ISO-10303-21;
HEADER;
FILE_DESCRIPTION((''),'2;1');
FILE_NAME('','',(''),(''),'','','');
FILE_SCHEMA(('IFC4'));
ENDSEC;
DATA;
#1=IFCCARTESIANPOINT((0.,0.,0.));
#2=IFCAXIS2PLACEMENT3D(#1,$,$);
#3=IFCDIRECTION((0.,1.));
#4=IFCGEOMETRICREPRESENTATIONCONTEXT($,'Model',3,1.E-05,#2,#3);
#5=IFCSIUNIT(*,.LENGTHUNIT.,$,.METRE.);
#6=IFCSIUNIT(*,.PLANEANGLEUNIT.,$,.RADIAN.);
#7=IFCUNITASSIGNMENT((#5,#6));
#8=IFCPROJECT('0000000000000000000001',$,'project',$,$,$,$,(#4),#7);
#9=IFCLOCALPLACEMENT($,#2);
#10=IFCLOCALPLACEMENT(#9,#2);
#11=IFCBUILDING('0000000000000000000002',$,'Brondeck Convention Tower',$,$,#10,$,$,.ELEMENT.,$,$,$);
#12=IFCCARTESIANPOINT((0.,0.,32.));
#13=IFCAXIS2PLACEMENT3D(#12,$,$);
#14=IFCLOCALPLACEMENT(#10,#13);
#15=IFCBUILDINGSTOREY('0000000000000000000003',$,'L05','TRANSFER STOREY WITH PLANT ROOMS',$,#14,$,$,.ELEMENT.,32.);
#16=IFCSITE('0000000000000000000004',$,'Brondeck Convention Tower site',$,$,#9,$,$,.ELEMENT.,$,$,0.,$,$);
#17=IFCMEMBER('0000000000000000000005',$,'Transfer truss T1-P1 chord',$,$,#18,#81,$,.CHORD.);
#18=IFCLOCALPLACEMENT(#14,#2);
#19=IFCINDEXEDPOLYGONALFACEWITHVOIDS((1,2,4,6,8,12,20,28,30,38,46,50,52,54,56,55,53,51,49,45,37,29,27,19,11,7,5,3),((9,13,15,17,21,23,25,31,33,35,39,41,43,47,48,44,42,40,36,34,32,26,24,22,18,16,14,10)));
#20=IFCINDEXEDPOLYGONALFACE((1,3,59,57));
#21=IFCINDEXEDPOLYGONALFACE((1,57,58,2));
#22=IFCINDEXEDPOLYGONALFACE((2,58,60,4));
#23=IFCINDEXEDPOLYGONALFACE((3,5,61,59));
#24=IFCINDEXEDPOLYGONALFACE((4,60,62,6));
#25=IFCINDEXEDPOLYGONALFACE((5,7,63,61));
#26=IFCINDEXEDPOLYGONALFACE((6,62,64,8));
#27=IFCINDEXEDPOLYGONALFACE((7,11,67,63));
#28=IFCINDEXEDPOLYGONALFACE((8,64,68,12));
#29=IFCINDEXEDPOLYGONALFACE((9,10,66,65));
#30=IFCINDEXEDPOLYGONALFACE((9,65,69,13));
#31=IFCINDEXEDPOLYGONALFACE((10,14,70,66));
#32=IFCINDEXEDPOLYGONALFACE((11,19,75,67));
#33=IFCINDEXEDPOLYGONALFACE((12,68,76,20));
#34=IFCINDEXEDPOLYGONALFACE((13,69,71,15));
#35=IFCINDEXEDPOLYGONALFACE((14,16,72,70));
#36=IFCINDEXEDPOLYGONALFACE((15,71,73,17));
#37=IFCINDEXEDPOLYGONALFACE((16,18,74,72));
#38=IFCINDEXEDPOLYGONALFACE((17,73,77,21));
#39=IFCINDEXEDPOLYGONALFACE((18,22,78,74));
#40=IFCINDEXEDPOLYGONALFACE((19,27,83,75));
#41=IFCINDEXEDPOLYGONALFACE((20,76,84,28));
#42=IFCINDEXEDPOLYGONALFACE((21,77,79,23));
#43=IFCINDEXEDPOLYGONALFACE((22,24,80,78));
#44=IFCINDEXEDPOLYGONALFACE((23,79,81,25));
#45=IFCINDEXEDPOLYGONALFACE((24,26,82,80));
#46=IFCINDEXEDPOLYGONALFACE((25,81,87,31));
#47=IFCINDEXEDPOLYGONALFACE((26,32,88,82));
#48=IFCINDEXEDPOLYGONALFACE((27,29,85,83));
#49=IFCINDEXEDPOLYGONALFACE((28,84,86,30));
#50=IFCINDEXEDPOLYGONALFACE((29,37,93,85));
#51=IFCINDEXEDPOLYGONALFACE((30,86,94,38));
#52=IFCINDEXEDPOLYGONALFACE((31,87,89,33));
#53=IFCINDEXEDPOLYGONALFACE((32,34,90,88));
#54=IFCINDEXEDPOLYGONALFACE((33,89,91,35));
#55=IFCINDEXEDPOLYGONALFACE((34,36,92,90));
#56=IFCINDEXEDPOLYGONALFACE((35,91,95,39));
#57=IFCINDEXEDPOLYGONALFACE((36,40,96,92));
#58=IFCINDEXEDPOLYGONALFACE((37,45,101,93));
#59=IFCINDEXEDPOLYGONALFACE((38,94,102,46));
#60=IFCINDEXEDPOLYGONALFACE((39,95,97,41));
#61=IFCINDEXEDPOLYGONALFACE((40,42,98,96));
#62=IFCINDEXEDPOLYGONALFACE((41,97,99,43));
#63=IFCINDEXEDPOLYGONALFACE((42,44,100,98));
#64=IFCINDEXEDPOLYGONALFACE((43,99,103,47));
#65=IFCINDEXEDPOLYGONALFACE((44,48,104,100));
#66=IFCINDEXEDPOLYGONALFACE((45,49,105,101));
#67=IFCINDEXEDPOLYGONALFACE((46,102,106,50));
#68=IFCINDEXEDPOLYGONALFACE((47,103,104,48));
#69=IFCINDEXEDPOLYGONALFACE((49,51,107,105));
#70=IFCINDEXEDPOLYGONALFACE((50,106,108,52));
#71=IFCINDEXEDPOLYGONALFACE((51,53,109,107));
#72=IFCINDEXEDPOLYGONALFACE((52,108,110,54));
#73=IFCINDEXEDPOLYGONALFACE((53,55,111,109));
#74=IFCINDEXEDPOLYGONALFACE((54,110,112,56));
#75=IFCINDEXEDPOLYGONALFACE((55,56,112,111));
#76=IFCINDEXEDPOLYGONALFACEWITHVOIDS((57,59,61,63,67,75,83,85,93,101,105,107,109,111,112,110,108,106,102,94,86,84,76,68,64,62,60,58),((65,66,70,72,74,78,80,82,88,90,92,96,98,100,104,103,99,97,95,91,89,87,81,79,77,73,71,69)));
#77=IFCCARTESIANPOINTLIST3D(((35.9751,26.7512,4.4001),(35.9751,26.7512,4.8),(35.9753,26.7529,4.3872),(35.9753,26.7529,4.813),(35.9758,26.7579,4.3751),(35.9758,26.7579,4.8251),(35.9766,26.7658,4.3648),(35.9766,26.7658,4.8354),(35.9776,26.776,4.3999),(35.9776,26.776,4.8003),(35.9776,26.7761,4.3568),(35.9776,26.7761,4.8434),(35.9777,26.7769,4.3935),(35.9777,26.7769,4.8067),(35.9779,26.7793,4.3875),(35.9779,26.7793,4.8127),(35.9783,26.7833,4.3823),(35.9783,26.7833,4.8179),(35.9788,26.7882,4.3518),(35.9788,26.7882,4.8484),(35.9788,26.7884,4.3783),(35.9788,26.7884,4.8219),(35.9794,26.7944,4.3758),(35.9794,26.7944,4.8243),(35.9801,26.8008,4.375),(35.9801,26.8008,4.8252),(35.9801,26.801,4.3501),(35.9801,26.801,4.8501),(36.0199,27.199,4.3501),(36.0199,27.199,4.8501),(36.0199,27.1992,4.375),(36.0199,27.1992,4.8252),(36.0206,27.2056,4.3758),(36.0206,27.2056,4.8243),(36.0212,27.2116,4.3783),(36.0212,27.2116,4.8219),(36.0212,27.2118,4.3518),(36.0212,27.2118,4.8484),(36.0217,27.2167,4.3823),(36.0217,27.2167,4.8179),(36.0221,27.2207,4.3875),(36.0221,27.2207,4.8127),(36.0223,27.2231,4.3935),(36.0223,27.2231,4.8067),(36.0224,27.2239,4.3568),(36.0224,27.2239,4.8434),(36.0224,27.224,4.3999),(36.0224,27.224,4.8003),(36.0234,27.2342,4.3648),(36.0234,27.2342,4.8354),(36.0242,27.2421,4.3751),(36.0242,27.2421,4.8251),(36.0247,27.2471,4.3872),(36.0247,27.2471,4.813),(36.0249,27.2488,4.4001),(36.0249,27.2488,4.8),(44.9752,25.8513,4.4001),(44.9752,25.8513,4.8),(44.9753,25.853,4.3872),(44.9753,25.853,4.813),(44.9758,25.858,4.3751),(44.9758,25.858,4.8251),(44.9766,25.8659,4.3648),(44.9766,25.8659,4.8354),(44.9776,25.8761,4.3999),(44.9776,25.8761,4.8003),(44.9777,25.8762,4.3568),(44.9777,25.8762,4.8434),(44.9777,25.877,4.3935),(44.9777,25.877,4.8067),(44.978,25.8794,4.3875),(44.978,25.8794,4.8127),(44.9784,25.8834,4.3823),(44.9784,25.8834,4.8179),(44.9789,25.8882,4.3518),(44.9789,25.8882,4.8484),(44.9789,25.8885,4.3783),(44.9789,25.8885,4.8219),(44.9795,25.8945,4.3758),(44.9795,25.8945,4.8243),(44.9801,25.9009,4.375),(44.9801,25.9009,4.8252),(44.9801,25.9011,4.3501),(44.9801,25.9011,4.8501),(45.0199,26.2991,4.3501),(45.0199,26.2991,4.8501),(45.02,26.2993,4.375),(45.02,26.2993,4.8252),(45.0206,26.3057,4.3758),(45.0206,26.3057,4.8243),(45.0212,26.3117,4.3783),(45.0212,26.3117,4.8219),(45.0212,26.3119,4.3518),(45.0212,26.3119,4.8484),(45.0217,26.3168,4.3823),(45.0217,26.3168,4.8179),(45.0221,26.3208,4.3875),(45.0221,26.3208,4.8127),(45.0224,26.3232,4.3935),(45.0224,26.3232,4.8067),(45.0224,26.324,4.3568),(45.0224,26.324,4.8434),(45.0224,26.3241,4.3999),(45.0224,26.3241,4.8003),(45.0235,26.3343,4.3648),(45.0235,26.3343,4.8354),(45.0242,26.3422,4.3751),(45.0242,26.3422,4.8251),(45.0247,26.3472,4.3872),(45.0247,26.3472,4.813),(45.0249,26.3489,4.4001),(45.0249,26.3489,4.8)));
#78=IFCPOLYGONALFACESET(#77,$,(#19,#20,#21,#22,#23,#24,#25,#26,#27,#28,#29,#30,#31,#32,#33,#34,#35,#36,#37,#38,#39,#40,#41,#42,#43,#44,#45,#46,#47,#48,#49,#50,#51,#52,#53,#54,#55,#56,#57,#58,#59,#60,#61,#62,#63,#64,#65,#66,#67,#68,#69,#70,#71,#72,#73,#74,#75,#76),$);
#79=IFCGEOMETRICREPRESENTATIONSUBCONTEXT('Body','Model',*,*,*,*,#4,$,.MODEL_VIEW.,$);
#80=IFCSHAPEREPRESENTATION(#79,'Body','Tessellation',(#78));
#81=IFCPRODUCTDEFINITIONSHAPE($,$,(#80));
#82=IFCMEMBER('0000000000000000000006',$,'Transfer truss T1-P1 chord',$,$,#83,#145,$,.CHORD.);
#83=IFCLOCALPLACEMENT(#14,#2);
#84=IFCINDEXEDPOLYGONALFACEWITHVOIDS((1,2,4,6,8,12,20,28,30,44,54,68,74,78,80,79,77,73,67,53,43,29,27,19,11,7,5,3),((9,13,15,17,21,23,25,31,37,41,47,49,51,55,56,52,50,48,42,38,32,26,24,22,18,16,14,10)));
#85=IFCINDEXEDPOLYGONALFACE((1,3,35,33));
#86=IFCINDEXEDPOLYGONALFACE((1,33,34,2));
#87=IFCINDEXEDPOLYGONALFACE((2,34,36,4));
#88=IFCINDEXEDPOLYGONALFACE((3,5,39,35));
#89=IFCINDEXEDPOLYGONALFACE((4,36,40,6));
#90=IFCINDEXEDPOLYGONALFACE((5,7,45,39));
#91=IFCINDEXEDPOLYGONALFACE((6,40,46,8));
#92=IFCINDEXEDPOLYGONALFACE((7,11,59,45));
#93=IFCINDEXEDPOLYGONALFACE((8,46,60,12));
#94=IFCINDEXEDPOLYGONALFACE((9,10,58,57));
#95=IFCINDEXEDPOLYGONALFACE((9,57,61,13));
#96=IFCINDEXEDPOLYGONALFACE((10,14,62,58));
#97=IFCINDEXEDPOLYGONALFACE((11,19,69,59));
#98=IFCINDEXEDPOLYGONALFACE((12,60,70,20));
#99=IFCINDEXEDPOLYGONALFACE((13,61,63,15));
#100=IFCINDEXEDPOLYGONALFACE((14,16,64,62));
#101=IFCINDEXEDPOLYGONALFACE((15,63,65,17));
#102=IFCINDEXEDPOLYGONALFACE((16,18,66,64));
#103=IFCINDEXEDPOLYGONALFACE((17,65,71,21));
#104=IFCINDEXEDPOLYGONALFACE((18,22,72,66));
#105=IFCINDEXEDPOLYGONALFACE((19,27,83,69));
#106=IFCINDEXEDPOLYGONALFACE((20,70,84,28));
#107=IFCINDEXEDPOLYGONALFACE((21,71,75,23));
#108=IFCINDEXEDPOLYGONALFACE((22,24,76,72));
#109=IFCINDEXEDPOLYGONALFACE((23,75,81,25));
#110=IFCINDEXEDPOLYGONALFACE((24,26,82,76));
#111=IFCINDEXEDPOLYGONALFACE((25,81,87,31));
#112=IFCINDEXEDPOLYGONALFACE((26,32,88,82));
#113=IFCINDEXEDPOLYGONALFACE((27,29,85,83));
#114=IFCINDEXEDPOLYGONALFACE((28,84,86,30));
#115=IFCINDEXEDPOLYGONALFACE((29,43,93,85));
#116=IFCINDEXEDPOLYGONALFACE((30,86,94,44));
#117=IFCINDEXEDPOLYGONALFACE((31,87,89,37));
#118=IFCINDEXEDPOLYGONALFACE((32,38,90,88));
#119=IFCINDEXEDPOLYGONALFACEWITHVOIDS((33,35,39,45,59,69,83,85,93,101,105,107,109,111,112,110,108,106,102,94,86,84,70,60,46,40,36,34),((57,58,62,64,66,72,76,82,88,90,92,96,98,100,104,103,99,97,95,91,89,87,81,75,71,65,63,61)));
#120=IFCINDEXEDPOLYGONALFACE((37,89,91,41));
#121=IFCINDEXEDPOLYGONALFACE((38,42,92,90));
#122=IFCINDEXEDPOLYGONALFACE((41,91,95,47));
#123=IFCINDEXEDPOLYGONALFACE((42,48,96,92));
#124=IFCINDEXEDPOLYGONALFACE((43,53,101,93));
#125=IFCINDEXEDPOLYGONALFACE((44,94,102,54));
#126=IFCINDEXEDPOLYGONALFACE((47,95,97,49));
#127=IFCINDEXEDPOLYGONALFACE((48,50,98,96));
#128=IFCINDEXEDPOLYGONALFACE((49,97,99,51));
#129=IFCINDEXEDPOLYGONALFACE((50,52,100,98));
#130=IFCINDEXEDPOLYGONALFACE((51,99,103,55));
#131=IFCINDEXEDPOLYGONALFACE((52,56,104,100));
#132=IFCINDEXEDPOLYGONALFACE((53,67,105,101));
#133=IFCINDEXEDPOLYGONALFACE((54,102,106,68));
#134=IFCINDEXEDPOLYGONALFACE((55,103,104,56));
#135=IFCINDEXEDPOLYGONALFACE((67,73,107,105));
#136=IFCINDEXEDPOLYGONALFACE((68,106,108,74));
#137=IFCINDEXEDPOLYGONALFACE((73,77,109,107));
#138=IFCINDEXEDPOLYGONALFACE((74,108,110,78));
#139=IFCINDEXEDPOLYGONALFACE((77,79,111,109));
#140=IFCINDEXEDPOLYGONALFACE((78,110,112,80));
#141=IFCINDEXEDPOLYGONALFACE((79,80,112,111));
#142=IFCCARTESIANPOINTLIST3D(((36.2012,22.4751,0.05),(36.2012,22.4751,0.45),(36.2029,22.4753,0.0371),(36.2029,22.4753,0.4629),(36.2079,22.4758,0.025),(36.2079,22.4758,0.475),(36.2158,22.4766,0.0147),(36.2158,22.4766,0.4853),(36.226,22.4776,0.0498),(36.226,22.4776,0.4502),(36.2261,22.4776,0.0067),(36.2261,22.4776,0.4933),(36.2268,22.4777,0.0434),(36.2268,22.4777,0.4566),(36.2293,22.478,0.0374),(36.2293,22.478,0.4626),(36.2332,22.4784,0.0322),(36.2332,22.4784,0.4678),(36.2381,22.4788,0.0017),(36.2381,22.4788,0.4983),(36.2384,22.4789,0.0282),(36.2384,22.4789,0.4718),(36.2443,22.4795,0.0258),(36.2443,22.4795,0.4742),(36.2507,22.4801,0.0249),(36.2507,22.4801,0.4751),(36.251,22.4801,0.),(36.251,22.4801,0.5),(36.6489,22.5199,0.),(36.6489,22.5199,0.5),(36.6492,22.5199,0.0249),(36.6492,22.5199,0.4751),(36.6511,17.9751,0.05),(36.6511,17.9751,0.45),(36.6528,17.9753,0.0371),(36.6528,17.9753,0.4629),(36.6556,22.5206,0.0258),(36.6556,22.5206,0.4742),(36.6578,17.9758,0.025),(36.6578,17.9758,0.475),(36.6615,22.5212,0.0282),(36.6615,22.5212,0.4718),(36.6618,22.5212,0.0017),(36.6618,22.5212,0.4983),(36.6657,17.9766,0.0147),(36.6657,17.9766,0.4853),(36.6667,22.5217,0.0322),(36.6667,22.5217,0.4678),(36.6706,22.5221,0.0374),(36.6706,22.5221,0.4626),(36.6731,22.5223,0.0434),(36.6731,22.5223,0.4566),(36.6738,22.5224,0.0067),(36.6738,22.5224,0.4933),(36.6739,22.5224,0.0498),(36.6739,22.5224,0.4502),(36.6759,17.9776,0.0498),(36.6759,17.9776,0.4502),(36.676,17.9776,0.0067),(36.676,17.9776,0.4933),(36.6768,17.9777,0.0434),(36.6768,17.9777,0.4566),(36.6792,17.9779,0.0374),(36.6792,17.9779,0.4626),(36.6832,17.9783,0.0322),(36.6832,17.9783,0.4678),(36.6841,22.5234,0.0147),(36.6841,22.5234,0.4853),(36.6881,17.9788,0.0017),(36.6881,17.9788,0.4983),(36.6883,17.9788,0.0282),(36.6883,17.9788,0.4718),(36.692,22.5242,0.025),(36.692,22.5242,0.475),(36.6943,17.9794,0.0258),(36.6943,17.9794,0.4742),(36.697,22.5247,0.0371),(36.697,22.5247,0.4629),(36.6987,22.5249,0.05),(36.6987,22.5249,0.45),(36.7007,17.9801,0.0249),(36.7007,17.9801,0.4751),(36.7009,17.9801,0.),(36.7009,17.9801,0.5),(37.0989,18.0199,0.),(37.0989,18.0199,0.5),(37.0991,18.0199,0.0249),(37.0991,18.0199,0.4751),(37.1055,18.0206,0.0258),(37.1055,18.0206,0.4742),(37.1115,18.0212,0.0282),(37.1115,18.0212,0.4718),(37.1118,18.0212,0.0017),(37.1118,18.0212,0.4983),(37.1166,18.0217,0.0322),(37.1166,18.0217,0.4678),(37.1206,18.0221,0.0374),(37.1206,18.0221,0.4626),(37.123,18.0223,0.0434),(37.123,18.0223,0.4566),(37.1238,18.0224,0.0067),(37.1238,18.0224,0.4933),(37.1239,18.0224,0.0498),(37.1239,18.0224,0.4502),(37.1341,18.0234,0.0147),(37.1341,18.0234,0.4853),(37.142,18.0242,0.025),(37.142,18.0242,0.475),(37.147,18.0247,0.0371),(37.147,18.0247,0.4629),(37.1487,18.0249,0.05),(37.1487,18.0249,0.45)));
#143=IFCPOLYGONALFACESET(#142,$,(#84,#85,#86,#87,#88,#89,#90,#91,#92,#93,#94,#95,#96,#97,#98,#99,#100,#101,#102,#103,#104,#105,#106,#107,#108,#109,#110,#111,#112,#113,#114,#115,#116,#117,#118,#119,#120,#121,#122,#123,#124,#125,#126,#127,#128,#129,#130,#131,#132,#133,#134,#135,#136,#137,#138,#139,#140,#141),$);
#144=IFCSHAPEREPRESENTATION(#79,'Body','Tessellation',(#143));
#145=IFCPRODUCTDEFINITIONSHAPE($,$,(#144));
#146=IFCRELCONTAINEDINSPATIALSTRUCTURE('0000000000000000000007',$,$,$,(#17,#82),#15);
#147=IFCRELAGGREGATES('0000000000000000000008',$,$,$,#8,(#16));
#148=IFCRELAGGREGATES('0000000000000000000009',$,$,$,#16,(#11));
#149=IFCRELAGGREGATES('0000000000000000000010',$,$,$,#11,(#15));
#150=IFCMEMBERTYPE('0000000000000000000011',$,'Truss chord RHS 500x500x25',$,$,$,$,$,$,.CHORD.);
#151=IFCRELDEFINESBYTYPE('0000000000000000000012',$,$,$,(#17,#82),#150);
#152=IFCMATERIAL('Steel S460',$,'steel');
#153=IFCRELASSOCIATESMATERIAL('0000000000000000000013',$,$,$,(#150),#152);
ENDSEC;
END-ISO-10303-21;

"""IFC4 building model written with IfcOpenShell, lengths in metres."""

from ifc_helpers import new_model, si_unit, direction, frame, origin, origin_2d, place, context, subcontext, project, spatial, hollow_rectangle, extrude, material, material_profile, profile_set, type_object, element, save


model = new_model("IFC4")

# Units and contexts
model_context = context("Model", 3, precision=1e-05, world=origin(), true_north=direction((0.0, 1.0)))
body_context = subcontext(model_context, "Body", "Model", "MODEL_VIEW")
ifc_project = project(units=[si_unit("LENGTHUNIT", "METRE"), si_unit("PLANEANGLEUNIT", "RADIAN")], contexts=[model_context])

# Site, building, storey
site_placement = place(None, origin())
site = spatial("IfcSite", under=ifc_project, at=site_placement, Name="Brondeck Convention Tower site", CompositionType="ELEMENT", RefElevation=0.0)
building_placement = place(site_placement, origin())
building = spatial("IfcBuilding", under=site, at=building_placement, Name="Brondeck Convention Tower", CompositionType="ELEMENT")
storey_placement = place(building_placement, frame((0.0, 0.0, 32.0)))
storey = spatial("IfcBuildingStorey", under=building, at=storey_placement, Name="L05", Description="TRANSFER STOREY WITH PLANT ROOMS", CompositionType="ELEMENT", Elevation=32.0)

# Shared definitions
ifc_material_1 = material(Name="Steel S460", Category="steel")

# Members
ifc_material_profile_1 = material_profile(ifc_material_1, hollow_rectangle(XDim=0.5, YDim=0.5, WallThickness=0.0249, InnerFilletRadius=0.0249, OuterFilletRadius=0.05, at=origin_2d()), Name="RHS 500x500x25")
ifc_profile_set_1 = profile_set([ifc_material_profile_1], Name="Steel S460")
member_type_1 = type_object("IfcMemberType", Name="Truss chord RHS 500x500x25", PredefinedType="CHORD", material=ifc_profile_set_1)
for number, where, z_axis, x_axis, name in (
    (1, (36.0, 27.0, 4.6001), (0.995038, -0.099493, 0.0), (0.099493, 0.995038, 0.0), "Transfer truss T1-P1 chord"),
):
    element("IfcMember", number, at=place(storey_placement, frame(where, z_axis=z_axis, x_axis=x_axis)), inside=storey, type_object=member_type_1, Name=name, PredefinedType="CHORD", context=body_context, shape_type="SweptSolid", body=[
        extrude(hollow_rectangle(XDim=0.5, YDim=0.5, WallThickness=0.0249, InnerFilletRadius=0.0249, OuterFilletRadius=0.05, at=origin_2d()), origin(), (0.0, 0.0, 1.0), 9.0449),
    ])
for number, where, z_axis, x_axis, name in (
    (2, (36.8999, 18.0, 0.25), (-0.099493, 0.995038, 0.0), (-0.995038, -0.099493, 0.0), "Transfer truss T1-P1 chord"),
):
    element("IfcMember", number, at=place(storey_placement, frame(where, z_axis=z_axis, x_axis=x_axis)), inside=storey, type_object=member_type_1, Name=name, PredefinedType="CHORD", context=body_context, shape_type="SweptSolid", body=[
        extrude(hollow_rectangle(XDim=0.5, YDim=0.5, WallThickness=0.0249, InnerFilletRadius=0.0249, OuterFilletRadius=0.05, at=origin_2d()), origin(), (0.0, 0.0, 1.0), 4.5225),
    ])

save(model, "model.ifc")
